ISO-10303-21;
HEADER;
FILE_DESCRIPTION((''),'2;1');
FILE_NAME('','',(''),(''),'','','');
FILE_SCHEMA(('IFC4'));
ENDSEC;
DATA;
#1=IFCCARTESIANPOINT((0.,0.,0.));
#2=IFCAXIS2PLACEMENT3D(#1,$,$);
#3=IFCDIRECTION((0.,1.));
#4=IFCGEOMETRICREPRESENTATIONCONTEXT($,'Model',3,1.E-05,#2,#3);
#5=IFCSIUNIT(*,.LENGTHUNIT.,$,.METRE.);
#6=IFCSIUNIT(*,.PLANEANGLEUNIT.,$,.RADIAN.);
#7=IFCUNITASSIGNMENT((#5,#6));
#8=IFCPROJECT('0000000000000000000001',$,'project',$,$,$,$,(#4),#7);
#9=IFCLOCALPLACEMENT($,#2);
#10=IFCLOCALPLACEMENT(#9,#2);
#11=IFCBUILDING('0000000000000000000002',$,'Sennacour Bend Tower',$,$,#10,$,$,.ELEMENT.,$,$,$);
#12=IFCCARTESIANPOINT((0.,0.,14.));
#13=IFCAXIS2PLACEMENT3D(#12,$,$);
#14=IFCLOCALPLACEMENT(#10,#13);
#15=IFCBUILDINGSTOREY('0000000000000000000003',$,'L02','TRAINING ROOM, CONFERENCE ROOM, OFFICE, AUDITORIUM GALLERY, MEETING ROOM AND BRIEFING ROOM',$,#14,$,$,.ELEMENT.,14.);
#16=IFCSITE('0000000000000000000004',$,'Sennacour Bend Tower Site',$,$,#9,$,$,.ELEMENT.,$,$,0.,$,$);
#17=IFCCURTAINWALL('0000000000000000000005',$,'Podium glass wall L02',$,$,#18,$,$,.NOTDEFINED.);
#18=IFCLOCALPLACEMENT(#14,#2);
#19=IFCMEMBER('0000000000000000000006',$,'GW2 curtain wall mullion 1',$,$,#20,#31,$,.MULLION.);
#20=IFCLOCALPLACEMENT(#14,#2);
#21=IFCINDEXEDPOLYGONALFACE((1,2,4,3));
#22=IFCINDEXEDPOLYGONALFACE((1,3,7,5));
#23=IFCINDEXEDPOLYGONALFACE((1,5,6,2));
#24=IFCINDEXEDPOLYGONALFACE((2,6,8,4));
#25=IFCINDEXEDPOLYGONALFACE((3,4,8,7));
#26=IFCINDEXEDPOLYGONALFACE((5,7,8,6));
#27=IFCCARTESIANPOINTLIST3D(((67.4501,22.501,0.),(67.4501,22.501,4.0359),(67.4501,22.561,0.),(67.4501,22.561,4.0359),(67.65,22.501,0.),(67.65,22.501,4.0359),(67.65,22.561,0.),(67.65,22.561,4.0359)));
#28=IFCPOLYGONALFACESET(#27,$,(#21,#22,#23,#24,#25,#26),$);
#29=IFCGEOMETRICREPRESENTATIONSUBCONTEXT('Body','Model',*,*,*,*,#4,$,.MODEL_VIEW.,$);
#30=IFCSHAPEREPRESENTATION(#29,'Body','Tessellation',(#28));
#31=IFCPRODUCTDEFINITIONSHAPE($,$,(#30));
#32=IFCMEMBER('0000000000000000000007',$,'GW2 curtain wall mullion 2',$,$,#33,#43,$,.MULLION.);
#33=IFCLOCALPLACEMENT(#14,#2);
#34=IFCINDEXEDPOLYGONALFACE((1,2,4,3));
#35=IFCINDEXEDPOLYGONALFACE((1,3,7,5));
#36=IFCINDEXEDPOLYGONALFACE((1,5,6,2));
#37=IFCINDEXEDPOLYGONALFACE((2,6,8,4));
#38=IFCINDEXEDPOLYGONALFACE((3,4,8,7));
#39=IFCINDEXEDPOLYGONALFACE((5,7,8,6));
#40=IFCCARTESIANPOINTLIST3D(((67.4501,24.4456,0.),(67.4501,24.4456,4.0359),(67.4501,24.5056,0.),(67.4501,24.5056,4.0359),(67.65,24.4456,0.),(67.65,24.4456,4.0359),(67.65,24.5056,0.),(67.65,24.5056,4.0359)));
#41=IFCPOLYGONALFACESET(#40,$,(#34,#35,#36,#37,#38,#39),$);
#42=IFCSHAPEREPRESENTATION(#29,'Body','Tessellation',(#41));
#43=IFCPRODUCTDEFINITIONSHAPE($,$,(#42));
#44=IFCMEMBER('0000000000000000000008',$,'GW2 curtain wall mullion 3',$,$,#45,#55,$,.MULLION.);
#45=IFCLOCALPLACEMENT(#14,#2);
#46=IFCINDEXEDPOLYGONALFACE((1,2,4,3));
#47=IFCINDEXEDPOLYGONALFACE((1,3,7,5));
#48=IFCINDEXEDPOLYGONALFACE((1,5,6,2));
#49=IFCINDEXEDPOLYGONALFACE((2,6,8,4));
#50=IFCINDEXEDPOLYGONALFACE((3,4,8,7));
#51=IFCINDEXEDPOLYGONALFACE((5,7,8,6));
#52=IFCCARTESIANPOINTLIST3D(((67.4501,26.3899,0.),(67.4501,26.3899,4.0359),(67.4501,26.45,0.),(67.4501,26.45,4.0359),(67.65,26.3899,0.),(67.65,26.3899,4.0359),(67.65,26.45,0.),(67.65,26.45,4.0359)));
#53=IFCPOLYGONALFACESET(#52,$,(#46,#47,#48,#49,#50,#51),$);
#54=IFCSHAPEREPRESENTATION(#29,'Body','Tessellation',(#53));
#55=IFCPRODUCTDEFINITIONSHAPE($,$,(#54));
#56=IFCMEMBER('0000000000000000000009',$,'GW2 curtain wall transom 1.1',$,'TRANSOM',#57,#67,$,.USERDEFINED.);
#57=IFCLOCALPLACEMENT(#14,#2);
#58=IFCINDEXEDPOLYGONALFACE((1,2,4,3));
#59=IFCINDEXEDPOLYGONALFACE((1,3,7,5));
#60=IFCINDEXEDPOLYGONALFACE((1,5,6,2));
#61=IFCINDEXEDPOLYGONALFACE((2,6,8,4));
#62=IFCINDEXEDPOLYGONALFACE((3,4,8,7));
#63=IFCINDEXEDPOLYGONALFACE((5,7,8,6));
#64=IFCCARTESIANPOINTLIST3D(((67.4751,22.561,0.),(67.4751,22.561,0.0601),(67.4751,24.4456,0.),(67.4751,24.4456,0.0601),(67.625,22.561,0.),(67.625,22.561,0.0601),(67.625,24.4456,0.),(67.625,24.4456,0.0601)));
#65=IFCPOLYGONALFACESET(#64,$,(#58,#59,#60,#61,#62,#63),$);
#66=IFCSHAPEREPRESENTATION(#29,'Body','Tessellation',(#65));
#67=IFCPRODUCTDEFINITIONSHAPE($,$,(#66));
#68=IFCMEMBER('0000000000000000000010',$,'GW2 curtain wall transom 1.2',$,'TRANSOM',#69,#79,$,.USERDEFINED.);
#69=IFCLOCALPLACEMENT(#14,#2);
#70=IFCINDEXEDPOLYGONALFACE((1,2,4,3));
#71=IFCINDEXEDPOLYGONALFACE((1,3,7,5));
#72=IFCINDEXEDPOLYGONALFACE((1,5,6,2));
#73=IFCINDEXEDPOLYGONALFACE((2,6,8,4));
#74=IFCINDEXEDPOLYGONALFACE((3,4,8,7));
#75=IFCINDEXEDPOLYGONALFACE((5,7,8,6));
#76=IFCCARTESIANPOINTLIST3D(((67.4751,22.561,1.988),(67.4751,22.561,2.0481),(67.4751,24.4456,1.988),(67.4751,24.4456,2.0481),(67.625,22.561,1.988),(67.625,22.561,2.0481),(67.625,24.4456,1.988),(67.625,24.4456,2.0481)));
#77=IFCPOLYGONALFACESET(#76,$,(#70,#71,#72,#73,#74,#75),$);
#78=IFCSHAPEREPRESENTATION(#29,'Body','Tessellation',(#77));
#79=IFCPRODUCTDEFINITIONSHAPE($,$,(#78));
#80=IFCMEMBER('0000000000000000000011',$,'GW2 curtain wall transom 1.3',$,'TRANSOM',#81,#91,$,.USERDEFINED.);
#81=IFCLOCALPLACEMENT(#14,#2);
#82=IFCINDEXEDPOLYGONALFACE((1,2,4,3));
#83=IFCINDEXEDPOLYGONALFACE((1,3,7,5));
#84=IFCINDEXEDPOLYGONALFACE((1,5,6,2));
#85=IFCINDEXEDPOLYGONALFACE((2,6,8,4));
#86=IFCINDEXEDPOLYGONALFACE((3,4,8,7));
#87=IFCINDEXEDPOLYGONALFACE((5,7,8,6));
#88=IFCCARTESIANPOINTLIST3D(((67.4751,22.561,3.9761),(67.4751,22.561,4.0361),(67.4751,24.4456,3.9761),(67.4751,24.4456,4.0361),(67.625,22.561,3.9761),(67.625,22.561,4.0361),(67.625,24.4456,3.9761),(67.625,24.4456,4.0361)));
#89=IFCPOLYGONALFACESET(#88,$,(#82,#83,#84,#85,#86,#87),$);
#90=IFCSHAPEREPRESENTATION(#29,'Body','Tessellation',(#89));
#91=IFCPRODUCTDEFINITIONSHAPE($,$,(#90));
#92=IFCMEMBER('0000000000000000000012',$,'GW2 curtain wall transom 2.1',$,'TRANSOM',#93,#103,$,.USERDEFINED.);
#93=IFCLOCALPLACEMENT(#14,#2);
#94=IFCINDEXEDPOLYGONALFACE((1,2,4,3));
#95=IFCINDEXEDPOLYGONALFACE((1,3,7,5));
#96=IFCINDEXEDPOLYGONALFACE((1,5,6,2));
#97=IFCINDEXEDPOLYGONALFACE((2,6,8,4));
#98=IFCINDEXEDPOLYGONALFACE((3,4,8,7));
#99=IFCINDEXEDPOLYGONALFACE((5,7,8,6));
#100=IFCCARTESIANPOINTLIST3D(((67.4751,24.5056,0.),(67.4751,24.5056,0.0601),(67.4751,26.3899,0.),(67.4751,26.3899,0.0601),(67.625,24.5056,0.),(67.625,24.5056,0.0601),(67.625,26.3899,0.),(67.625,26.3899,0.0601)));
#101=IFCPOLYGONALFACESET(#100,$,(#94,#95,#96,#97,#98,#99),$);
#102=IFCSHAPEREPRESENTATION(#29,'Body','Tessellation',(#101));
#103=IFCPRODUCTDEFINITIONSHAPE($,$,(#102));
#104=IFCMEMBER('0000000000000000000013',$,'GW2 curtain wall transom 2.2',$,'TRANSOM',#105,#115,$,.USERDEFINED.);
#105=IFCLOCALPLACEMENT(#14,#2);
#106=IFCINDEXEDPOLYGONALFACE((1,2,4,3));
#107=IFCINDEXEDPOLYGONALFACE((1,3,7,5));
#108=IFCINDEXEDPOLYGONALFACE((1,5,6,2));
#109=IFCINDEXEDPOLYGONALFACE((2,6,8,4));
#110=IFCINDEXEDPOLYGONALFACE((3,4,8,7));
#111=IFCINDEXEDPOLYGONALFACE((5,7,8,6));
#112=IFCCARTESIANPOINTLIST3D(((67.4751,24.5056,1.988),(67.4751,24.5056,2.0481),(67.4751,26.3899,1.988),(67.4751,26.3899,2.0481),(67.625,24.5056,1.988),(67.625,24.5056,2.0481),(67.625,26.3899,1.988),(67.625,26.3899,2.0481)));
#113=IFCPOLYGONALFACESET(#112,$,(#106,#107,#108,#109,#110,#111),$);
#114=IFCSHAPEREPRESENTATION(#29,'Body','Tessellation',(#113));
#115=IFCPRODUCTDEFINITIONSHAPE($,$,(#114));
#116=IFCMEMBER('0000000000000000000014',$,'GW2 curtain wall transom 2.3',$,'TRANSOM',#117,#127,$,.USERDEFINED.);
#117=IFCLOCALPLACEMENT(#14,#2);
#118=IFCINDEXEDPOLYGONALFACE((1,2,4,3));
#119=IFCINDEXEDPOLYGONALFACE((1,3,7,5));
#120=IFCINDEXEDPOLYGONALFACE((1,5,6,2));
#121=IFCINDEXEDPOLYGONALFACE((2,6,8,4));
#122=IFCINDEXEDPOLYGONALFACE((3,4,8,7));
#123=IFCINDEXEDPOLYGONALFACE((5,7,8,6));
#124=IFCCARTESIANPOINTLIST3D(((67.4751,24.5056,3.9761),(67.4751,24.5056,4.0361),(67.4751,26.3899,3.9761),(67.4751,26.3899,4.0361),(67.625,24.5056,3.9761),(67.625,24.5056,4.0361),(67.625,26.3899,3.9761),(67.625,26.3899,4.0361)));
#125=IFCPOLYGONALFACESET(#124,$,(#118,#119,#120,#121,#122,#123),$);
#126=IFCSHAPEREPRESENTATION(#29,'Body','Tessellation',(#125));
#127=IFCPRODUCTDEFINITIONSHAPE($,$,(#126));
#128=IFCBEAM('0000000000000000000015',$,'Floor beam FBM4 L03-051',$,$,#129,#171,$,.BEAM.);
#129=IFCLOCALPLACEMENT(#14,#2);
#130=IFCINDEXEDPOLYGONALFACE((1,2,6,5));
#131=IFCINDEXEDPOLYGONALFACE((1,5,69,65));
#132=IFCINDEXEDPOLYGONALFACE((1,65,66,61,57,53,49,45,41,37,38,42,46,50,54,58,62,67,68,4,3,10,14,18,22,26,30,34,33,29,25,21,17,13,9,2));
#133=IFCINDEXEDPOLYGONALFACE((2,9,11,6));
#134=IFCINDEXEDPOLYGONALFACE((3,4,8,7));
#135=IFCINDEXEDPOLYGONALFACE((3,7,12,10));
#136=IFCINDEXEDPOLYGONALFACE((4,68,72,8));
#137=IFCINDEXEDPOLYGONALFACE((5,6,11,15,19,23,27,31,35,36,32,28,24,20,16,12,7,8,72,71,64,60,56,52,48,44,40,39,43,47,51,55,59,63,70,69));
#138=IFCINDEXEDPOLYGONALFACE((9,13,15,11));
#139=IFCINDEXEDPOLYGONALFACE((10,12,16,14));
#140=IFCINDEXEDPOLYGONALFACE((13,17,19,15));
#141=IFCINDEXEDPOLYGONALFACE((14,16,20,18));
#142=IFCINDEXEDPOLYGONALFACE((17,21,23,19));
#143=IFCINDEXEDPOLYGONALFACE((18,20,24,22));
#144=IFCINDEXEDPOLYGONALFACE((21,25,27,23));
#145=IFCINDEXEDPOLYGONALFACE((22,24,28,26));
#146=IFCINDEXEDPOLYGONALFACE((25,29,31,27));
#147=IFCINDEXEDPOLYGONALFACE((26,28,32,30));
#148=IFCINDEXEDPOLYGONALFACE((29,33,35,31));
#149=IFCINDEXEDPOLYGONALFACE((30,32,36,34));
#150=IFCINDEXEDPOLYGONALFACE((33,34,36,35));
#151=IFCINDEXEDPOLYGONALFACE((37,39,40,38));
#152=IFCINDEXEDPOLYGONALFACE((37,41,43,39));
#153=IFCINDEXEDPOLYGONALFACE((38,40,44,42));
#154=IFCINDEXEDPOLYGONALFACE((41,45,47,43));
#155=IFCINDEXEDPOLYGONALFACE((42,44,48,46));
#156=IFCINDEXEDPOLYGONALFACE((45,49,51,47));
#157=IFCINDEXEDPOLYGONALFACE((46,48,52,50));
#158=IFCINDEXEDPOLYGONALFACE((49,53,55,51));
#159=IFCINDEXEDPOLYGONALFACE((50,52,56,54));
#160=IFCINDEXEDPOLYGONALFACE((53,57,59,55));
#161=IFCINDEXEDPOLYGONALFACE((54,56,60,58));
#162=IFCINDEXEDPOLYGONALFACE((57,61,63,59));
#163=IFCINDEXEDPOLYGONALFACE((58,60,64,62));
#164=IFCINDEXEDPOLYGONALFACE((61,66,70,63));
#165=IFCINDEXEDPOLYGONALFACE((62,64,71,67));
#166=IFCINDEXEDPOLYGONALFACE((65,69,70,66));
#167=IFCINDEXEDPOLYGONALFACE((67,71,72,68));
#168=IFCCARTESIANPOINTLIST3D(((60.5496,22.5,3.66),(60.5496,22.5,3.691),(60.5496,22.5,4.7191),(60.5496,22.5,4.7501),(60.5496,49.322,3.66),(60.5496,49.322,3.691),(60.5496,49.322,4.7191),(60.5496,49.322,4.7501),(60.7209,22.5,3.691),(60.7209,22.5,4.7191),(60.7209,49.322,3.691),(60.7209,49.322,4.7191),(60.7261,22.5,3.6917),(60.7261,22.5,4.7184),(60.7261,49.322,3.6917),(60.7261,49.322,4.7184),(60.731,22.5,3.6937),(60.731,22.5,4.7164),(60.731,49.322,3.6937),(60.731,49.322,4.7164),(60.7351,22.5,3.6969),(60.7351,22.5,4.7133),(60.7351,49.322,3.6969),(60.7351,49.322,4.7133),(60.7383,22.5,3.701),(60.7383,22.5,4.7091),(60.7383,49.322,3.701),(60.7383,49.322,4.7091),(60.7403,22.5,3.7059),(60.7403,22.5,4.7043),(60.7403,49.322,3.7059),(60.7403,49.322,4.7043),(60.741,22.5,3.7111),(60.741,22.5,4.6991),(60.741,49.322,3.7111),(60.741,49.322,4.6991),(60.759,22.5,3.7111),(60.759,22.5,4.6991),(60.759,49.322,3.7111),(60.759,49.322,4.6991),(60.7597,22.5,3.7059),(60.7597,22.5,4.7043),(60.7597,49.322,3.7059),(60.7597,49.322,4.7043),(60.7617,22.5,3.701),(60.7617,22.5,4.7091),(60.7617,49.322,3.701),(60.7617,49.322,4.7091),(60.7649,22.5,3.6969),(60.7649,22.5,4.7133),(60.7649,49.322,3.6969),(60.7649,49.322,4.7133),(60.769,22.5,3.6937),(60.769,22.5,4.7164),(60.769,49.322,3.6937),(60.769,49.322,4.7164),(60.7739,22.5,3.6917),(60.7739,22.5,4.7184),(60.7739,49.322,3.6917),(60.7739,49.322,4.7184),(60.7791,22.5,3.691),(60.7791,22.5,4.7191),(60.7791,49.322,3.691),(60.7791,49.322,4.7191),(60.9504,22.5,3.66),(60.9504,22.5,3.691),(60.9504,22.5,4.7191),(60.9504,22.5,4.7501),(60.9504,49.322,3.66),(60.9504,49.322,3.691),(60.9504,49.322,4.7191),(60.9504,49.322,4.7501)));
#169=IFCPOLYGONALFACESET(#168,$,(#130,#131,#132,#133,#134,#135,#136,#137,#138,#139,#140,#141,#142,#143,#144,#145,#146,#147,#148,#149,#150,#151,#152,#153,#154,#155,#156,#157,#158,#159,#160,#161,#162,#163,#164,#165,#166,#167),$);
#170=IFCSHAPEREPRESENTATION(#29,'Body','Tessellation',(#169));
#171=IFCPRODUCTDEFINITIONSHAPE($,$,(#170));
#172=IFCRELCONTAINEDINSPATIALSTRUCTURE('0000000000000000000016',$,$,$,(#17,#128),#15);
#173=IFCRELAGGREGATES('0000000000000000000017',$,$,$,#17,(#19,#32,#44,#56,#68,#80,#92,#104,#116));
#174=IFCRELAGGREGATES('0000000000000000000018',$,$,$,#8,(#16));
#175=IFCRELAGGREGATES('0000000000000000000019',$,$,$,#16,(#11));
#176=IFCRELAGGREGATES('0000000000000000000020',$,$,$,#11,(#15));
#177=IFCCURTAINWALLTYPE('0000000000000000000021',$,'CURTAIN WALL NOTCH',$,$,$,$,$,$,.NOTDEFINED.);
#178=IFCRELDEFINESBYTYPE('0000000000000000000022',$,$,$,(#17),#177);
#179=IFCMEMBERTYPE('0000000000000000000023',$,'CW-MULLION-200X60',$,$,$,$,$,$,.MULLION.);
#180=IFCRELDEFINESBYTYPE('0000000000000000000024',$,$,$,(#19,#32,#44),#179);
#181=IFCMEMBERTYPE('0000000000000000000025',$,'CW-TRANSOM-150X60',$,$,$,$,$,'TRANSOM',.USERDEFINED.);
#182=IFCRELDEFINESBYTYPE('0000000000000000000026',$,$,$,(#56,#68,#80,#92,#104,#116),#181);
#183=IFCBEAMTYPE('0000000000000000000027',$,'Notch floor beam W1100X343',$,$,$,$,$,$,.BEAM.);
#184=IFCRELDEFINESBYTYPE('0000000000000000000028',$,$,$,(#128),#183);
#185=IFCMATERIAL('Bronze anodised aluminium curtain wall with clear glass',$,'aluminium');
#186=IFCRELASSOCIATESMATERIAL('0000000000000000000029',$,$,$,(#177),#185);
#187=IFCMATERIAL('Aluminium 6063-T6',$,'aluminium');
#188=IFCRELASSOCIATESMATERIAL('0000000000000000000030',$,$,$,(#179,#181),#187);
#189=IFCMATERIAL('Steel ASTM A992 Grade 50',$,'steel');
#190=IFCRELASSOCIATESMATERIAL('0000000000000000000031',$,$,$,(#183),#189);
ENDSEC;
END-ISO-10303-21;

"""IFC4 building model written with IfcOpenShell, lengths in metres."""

from ifc_helpers import new_model, si_unit, direction, frame, origin, origin_2d, place, context, subcontext, project, spatial, rectangle, i_section, extrude, material, material_profile, profile_set, type_object, element, aggregate, save


model = new_model("IFC4")

# Units and contexts
model_context = context("Model", 3, precision=1e-05, world=origin(), true_north=direction((0.0, 1.0)))
body_context = subcontext(model_context, "Body", "Model", "MODEL_VIEW")
ifc_project = project(units=[si_unit("LENGTHUNIT", "METRE"), si_unit("PLANEANGLEUNIT", "RADIAN")], contexts=[model_context])

# Site, building, storey
site_placement = place(None, origin())
site = spatial("IfcSite", under=ifc_project, at=site_placement, Name="Sennacour Bend Tower Site", CompositionType="ELEMENT", RefElevation=0.0)
building_placement = place(site_placement, origin())
building = spatial("IfcBuilding", under=site, at=building_placement, Name="Sennacour Bend Tower", CompositionType="ELEMENT")
storey_placement = place(building_placement, frame((0.0, 0.0, 14.0)))
storey = spatial("IfcBuildingStorey", under=building, at=storey_placement, Name="L02", Description="TRAINING ROOM, CONFERENCE ROOM, OFFICE, AUDITORIUM GALLERY, MEETING ROOM AND BRIEFING ROOM", CompositionType="ELEMENT", Elevation=14.0)

# Curtain wall, members
ifc_material_1 = material(Name="Bronze anodised aluminium curtain wall with clear glass", Category="aluminium")
curtain_wall_type = type_object("IfcCurtainWallType", Name="CURTAIN WALL NOTCH", PredefinedType="NOTDEFINED", material=ifc_material_1)
curtain_wall_placement = place(storey_placement, origin())
curtain_wall = element("IfcCurtainWall", 1, at=curtain_wall_placement, inside=storey, type_object=curtain_wall_type, Name="Podium glass wall L02", PredefinedType="NOTDEFINED")
ifc_material_2 = material(Name="Aluminium 6063-T6", Category="aluminium")
ifc_material_profile_1 = material_profile(ifc_material_2, rectangle(XDim=0.2, YDim=0.0601, at=origin_2d()), Name="Aluminium 6063-T6", Category="aluminium")
ifc_profile_set_1 = profile_set([ifc_material_profile_1], Name="Aluminium 6063-T6")
member_type_1 = type_object("IfcMemberType", Name="CW-MULLION-200X60", PredefinedType="MULLION", material=ifc_profile_set_1)
member_1_placement = place(storey_placement, frame((67.55, 22.531, 0.0), z_axis=(0.0, 0.0, 1.0), x_axis=(-1.0, 0.0, 0.0)))
member_1 = element("IfcMember", 2, at=member_1_placement, type_object=member_type_1, Name="GW2 curtain wall mullion 1", PredefinedType="MULLION", context=body_context, shape_type="SweptSolid", body=[
    extrude(rectangle(XDim=0.2, YDim=0.0601, at=origin_2d()), origin(), (0.0, 0.0, 1.0), 4.0359),
])
member_2_placement = place(storey_placement, frame((67.55, 24.4756, 0.0), z_axis=(0.0, 0.0, 1.0), x_axis=(-1.0, 0.0, 0.0)))
member_2 = element("IfcMember", 3, at=member_2_placement, type_object=member_type_1, Name="GW2 curtain wall mullion 2", PredefinedType="MULLION", context=body_context, shape_type="SweptSolid", body=[
    extrude(rectangle(XDim=0.2, YDim=0.0601, at=origin_2d()), origin(), (0.0, 0.0, 1.0), 4.0359),
])
member_3_placement = place(storey_placement, frame((67.55, 26.4199, 0.0), z_axis=(0.0, 0.0, 1.0), x_axis=(-1.0, 0.0, 0.0)))
member_3 = element("IfcMember", 4, at=member_3_placement, type_object=member_type_1, Name="GW2 curtain wall mullion 3", PredefinedType="MULLION", context=body_context, shape_type="SweptSolid", body=[
    extrude(rectangle(XDim=0.2, YDim=0.0601, at=origin_2d()), origin(), (0.0, 0.0, 1.0), 4.0359),
])
ifc_material_profile_2 = material_profile(ifc_material_2, rectangle(XDim=0.1499, YDim=0.0601, at=origin_2d()), Name="Aluminium 6063-T6", Category="aluminium")
ifc_profile_set_2 = profile_set([ifc_material_profile_2], Name="Aluminium 6063-T6")
member_type_2 = type_object("IfcMemberType", Name="CW-TRANSOM-150X60", ElementType="TRANSOM", PredefinedType="USERDEFINED", material=ifc_profile_set_2)
member_4_placement = place(storey_placement, frame((67.55, 22.561, 0.03), z_axis=(0.0, 1.0, 0.0), x_axis=(-1.0, 0.0, 0.0)))
member_4 = element("IfcMember", 5, at=member_4_placement, type_object=member_type_2, Name="GW2 curtain wall transom 1.1", ObjectType="TRANSOM", PredefinedType="USERDEFINED", context=body_context, shape_type="SweptSolid", body=[
    extrude(rectangle(XDim=0.1499, YDim=0.0601, at=origin_2d()), origin(), (0.0, 0.0, 1.0), 1.8845),
])
member_5_placement = place(storey_placement, frame((67.55, 22.561, 2.0181), z_axis=(0.0, 1.0, 0.0), x_axis=(-1.0, 0.0, 0.0)))
member_5 = element("IfcMember", 6, at=member_5_placement, type_object=member_type_2, Name="GW2 curtain wall transom 1.2", ObjectType="TRANSOM", PredefinedType="USERDEFINED", context=body_context, shape_type="SweptSolid", body=[
    extrude(rectangle(XDim=0.1499, YDim=0.0601, at=origin_2d()), origin(), (0.0, 0.0, 1.0), 1.8845),
])
member_6_placement = place(storey_placement, frame((67.55, 22.561, 4.0061), z_axis=(0.0, 1.0, 0.0), x_axis=(-1.0, 0.0, 0.0)))
member_6 = element("IfcMember", 7, at=member_6_placement, type_object=member_type_2, Name="GW2 curtain wall transom 1.3", ObjectType="TRANSOM", PredefinedType="USERDEFINED", context=body_context, shape_type="SweptSolid", body=[
    extrude(rectangle(XDim=0.1499, YDim=0.0601, at=origin_2d()), origin(), (0.0, 0.0, 1.0), 1.8845),
])
member_7_placement = place(storey_placement, frame((67.55, 24.5056, 0.03), z_axis=(0.0, 1.0, 0.0), x_axis=(-1.0, 0.0, 0.0)))
member_7 = element("IfcMember", 8, at=member_7_placement, type_object=member_type_2, Name="GW2 curtain wall transom 2.1", ObjectType="TRANSOM", PredefinedType="USERDEFINED", context=body_context, shape_type="SweptSolid", body=[
    extrude(rectangle(XDim=0.1499, YDim=0.0601, at=origin_2d()), origin(), (0.0, 0.0, 1.0), 1.8843),
])
member_8_placement = place(storey_placement, frame((67.55, 24.5056, 2.0181), z_axis=(0.0, 1.0, 0.0), x_axis=(-1.0, 0.0, 0.0)))
member_8 = element("IfcMember", 9, at=member_8_placement, type_object=member_type_2, Name="GW2 curtain wall transom 2.2", ObjectType="TRANSOM", PredefinedType="USERDEFINED", context=body_context, shape_type="SweptSolid", body=[
    extrude(rectangle(XDim=0.1499, YDim=0.0601, at=origin_2d()), origin(), (0.0, 0.0, 1.0), 1.8843),
])
member_9_placement = place(storey_placement, frame((67.55, 24.5056, 4.0061), z_axis=(0.0, 1.0, 0.0), x_axis=(-1.0, 0.0, 0.0)))
member_9 = element("IfcMember", 10, at=member_9_placement, type_object=member_type_2, Name="GW2 curtain wall transom 2.3", ObjectType="TRANSOM", PredefinedType="USERDEFINED", context=body_context, shape_type="SweptSolid", body=[
    extrude(rectangle(XDim=0.1499, YDim=0.0601, at=origin_2d()), origin(), (0.0, 0.0, 1.0), 1.8843),
])

# Beam
ifc_material_3 = material(Name="Steel ASTM A992 Grade 50", Category="steel")
ifc_material_profile_3 = material_profile(ifc_material_3, i_section(OverallWidth=0.4009, OverallDepth=1.0901, WebThickness=0.0181, FlangeThickness=0.031, FilletRadius=0.02, at=origin_2d()), Name="Steel ASTM A992 Grade 50", Category="steel")
ifc_profile_set_3 = profile_set([ifc_material_profile_3], Name="Steel ASTM A992 Grade 50")
beam_type_1 = type_object("IfcBeamType", Name="Notch floor beam W1100X343", PredefinedType="BEAM", material=ifc_profile_set_3)
beam_1_placement = place(storey_placement, frame((60.75, 22.5, 4.2051), z_axis=(0.0, 1.0, 0.0), x_axis=(-1.0, 0.0, 0.0)))
element("IfcBeam", 11, at=beam_1_placement, inside=storey, type_object=beam_type_1, Name="Floor beam FBM4 L03-051", PredefinedType="BEAM", context=body_context, shape_type="SweptSolid", body=[
    extrude(i_section(OverallWidth=0.4009, OverallDepth=1.0901, WebThickness=0.0181, FlangeThickness=0.031, FilletRadius=0.02, at=origin_2d()), origin(), (0.0, 0.0, 1.0), 26.822),
])

aggregate(curtain_wall, [member_1, member_2, member_3, member_4, member_5, member_6, member_7, member_8, member_9])

save(model, "model.ifc")
